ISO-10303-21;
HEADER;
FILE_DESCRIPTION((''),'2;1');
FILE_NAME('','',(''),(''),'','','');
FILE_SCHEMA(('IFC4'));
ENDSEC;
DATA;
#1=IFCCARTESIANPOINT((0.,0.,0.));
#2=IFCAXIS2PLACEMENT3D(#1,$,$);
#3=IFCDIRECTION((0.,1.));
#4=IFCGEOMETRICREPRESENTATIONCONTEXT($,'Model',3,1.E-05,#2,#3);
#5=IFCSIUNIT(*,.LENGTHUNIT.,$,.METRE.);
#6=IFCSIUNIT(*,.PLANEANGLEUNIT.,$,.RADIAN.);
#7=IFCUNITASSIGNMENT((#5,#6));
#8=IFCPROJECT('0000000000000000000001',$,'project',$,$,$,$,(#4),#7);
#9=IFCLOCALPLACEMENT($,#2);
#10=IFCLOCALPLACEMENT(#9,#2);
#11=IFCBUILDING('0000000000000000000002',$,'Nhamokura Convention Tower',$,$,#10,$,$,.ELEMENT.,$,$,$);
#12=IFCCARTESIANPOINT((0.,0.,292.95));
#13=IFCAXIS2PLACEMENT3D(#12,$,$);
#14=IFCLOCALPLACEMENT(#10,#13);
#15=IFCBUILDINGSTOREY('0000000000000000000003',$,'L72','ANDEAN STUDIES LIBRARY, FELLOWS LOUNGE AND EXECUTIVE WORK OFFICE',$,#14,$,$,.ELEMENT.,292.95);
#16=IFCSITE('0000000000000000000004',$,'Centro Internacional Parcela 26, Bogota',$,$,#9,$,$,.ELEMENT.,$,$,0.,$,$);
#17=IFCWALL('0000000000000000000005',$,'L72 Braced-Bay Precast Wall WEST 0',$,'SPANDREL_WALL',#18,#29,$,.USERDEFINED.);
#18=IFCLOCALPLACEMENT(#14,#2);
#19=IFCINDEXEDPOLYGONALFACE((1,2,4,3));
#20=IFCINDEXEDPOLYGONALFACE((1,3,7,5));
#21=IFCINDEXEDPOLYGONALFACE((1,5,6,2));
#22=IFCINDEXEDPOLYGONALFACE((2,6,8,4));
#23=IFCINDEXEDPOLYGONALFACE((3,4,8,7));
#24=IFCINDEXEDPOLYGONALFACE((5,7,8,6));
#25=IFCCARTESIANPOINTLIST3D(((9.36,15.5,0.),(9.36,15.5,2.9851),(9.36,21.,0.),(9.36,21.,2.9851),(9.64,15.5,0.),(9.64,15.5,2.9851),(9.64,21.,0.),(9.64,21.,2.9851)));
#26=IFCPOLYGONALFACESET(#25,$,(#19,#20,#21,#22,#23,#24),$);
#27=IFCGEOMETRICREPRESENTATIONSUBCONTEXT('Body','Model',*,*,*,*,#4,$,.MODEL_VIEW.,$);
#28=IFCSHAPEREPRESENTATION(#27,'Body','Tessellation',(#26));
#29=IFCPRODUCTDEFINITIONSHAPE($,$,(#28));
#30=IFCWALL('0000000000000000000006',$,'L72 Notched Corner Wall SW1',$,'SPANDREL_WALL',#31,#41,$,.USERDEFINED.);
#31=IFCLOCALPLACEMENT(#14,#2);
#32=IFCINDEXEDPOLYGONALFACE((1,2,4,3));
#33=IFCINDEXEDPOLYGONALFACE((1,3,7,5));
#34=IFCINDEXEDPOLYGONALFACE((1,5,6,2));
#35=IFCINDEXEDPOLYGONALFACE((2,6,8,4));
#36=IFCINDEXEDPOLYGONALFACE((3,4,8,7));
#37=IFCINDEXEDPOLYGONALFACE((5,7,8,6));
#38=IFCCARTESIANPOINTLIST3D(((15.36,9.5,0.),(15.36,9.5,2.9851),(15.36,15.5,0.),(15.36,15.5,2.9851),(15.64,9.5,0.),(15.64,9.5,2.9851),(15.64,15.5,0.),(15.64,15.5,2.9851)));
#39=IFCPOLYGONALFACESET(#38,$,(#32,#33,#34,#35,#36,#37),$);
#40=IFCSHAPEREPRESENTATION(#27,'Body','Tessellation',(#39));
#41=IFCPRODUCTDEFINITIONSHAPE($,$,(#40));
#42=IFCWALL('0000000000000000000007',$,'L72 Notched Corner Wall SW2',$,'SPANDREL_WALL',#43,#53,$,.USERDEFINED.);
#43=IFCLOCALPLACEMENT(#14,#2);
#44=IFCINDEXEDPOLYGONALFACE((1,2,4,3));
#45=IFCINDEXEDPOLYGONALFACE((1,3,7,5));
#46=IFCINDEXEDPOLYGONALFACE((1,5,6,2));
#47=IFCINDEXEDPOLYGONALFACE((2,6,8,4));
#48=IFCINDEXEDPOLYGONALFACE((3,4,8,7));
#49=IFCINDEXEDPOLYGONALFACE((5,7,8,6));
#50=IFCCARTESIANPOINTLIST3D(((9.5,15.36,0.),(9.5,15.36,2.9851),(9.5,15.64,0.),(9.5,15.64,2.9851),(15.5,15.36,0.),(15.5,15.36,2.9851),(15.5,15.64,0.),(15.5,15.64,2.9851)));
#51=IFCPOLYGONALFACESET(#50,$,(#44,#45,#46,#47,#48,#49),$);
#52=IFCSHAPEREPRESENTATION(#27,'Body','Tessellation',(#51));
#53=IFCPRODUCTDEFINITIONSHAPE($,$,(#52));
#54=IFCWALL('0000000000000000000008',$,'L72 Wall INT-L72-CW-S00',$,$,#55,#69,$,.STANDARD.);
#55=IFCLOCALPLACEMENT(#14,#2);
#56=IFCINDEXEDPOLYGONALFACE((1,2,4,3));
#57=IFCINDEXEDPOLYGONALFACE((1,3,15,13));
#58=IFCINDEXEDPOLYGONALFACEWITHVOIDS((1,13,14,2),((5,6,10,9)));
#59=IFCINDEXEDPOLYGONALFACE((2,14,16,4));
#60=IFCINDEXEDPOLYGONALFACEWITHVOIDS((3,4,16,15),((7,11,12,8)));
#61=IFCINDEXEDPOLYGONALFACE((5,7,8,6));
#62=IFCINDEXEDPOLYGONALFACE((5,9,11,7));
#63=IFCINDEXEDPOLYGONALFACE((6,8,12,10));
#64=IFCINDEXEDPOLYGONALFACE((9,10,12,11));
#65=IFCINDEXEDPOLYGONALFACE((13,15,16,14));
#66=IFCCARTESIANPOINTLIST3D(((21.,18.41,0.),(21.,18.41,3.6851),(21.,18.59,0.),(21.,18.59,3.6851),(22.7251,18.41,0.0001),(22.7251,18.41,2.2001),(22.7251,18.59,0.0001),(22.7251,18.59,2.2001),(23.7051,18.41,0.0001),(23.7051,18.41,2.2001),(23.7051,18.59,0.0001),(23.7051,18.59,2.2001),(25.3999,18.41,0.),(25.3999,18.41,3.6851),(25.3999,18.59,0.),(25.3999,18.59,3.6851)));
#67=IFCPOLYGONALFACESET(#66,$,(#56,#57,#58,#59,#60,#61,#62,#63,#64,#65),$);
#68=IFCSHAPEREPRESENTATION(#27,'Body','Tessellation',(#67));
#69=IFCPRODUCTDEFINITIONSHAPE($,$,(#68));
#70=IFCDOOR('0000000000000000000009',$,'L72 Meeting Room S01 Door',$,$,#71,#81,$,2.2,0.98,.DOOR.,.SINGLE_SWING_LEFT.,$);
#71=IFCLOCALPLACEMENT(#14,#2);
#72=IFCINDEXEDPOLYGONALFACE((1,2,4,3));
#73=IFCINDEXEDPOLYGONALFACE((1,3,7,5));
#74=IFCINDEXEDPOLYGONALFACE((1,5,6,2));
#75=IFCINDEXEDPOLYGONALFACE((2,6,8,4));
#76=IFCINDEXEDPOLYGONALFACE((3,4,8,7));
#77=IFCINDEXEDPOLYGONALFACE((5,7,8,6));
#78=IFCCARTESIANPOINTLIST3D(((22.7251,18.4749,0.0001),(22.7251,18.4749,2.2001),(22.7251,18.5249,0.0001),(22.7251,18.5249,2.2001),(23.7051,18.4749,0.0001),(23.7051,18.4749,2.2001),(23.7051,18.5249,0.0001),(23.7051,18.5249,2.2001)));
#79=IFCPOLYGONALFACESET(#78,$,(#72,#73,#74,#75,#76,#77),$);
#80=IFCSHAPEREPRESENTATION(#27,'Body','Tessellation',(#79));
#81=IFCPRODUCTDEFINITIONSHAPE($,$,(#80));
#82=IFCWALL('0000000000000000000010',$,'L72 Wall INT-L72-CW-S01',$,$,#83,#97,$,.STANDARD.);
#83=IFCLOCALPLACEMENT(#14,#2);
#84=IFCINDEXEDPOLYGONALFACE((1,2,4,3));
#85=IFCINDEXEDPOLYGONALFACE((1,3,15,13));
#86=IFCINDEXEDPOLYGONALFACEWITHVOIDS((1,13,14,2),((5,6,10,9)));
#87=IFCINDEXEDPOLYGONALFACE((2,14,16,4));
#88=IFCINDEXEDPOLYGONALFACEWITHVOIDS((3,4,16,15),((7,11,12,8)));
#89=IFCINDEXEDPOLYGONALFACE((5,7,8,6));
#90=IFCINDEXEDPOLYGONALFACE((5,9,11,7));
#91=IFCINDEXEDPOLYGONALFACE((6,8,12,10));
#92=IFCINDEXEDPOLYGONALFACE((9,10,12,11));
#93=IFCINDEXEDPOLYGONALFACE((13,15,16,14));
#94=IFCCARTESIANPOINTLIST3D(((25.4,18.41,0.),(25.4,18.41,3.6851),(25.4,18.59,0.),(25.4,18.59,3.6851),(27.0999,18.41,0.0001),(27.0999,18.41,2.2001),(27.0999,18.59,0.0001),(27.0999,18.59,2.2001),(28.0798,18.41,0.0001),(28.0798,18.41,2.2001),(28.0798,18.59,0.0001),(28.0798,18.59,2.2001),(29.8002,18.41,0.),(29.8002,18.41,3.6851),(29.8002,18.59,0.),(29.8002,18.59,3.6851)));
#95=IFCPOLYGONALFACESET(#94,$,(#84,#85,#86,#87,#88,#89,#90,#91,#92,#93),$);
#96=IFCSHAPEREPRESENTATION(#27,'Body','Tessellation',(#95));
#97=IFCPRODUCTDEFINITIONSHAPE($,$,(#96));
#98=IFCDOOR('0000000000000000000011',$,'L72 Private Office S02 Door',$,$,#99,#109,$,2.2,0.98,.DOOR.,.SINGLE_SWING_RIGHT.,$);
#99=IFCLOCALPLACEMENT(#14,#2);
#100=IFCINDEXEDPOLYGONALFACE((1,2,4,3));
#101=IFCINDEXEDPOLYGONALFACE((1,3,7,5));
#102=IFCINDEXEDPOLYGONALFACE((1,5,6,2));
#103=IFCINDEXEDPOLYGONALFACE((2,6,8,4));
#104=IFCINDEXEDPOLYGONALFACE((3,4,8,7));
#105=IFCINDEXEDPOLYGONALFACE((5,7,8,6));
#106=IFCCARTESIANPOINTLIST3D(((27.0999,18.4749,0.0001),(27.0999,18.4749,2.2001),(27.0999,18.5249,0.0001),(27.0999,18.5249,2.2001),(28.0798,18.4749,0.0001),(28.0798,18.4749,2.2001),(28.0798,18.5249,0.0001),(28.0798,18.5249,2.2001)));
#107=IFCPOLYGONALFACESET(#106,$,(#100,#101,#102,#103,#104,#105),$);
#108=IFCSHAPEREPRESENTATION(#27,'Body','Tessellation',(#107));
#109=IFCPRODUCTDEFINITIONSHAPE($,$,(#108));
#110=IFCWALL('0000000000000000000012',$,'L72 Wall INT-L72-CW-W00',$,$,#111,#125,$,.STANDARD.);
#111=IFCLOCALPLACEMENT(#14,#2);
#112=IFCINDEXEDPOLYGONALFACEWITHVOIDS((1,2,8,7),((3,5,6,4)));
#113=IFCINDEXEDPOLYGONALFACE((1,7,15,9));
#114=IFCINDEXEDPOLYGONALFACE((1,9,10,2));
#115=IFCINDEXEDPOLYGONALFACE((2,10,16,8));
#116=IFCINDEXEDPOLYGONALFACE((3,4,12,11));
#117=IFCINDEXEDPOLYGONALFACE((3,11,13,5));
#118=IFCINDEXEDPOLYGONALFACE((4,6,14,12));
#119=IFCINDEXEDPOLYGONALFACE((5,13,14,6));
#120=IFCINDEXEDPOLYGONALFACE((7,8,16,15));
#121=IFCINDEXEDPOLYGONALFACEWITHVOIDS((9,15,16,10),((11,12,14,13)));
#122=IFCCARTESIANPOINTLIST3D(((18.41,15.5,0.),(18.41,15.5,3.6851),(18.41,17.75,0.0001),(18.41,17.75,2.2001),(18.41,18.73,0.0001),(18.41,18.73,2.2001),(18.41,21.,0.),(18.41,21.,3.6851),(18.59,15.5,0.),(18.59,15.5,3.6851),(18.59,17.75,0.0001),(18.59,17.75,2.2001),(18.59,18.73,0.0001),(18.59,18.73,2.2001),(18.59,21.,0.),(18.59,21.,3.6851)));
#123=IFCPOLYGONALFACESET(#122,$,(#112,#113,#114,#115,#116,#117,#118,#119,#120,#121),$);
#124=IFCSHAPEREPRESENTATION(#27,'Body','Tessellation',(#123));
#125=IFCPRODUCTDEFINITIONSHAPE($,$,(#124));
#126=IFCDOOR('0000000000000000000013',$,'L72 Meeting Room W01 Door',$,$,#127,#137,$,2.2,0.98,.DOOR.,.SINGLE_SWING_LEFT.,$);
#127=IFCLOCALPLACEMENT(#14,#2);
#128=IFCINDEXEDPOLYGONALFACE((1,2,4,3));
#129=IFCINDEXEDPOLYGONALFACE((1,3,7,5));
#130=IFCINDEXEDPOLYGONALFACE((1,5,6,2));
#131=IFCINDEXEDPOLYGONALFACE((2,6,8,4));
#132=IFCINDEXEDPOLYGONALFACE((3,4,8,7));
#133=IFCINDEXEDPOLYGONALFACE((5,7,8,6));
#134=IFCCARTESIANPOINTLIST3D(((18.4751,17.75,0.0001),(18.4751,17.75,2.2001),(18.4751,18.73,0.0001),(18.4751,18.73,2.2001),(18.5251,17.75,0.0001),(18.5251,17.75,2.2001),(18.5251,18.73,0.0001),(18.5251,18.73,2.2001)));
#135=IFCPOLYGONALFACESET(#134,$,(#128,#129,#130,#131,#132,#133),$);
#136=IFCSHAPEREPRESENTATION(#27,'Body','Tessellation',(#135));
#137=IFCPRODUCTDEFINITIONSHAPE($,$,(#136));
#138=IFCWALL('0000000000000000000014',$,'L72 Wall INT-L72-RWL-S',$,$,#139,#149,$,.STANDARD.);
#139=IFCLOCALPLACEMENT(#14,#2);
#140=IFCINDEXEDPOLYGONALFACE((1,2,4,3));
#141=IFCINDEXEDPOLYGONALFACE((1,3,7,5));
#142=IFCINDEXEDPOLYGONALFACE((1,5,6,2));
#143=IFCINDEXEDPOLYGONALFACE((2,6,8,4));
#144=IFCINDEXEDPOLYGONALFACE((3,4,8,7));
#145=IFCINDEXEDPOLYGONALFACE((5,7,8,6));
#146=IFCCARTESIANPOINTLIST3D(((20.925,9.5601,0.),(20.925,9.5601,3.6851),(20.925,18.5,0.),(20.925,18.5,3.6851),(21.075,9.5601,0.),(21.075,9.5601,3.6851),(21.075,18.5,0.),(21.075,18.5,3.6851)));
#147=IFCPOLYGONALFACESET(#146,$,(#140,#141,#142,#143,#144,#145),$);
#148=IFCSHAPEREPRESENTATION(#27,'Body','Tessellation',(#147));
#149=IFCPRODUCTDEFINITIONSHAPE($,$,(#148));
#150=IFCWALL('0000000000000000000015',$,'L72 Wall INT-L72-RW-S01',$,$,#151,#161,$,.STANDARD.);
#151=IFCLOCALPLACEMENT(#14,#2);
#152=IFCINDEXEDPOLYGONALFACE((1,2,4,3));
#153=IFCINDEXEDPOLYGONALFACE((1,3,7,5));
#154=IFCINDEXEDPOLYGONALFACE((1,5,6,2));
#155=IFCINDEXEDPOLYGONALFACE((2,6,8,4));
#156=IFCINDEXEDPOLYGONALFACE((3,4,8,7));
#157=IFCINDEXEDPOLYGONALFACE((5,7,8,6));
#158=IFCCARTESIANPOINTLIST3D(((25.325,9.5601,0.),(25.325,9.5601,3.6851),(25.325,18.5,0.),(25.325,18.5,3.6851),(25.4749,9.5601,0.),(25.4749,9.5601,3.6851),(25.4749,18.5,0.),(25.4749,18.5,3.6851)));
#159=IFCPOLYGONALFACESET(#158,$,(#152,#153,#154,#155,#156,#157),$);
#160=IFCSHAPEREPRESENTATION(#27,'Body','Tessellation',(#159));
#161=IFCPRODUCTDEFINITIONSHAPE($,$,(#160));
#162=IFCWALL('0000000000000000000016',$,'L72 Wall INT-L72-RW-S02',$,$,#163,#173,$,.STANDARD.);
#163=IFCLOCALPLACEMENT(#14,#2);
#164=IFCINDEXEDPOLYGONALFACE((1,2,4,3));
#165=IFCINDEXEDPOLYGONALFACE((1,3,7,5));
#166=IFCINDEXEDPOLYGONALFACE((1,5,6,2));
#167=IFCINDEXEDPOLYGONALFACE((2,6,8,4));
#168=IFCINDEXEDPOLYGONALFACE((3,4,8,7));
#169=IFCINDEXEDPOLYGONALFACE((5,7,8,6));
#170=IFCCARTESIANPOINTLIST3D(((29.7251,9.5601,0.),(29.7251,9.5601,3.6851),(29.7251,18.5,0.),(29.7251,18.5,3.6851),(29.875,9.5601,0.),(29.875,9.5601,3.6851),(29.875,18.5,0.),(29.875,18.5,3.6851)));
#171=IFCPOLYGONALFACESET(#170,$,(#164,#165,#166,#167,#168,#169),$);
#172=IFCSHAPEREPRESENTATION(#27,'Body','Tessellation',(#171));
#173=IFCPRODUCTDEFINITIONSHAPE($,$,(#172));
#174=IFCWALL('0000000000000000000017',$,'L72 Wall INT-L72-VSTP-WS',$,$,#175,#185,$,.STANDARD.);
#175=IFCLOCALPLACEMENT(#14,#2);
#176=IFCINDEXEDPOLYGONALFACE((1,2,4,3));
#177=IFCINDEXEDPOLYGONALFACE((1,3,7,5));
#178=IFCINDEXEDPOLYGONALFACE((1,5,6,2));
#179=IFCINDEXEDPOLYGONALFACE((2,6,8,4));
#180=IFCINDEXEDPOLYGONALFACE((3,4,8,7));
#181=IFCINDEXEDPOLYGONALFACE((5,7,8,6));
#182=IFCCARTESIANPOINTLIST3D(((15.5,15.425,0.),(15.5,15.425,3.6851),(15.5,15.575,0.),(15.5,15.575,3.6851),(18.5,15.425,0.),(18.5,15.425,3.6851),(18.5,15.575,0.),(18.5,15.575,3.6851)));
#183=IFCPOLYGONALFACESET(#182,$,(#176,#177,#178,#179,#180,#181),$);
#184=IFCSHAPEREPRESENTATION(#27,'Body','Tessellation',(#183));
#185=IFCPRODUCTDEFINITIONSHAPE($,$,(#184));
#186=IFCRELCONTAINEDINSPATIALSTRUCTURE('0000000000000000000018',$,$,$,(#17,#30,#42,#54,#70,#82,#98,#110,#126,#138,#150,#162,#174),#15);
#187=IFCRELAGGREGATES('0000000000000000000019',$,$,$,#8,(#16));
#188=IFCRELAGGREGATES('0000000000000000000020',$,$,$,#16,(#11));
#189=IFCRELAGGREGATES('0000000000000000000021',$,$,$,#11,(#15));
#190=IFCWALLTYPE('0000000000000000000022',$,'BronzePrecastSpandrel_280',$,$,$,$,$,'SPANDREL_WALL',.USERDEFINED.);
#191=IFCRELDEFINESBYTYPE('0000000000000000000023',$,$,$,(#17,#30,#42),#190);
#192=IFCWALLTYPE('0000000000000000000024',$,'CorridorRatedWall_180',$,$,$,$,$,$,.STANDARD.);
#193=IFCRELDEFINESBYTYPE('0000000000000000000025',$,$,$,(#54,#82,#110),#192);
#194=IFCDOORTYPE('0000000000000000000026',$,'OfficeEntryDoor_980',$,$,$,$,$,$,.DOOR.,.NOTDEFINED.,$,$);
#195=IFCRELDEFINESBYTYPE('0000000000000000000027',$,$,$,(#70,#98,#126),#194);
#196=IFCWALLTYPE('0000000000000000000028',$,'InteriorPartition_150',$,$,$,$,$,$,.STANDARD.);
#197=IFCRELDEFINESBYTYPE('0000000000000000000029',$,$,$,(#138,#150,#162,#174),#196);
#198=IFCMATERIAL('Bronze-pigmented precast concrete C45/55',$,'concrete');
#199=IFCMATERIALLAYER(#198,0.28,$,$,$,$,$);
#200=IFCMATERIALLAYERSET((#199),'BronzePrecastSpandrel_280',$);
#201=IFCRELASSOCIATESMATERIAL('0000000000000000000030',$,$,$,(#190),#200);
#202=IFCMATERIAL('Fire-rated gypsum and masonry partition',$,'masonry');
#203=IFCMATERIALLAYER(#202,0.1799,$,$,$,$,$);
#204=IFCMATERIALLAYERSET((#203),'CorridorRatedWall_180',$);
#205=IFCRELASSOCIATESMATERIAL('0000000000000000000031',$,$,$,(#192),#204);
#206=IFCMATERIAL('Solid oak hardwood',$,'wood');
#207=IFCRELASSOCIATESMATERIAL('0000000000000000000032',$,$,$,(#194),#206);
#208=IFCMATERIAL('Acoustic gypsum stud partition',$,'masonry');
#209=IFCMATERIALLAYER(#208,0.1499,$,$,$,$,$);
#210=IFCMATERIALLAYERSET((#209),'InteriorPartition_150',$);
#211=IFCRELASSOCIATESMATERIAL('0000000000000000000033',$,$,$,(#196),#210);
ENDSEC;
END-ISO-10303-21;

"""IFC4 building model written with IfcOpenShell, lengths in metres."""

from ifc_helpers import new_model, si_unit, direction, frame, frame_2d, origin, place, context, subcontext, project, spatial, rectangle, extrude, material, layer, layer_set, type_object, element, fill, save


model = new_model("IFC4")

# Units and contexts
model_context = context("Model", 3, precision=1e-05, world=origin(), true_north=direction((0.0, 1.0)))
body_context = subcontext(model_context, "Body", "Model", "MODEL_VIEW")
ifc_project = project(units=[si_unit("LENGTHUNIT", "METRE"), si_unit("PLANEANGLEUNIT", "RADIAN")], contexts=[model_context])

# Site, building, storey
site_placement = place(None, origin())
site = spatial("IfcSite", under=ifc_project, at=site_placement, Name="Centro Internacional Parcela 26, Bogota", CompositionType="ELEMENT", RefElevation=0.0)
building_placement = place(site_placement, origin())
building = spatial("IfcBuilding", under=site, at=building_placement, Name="Nhamokura Convention Tower", CompositionType="ELEMENT")
storey_placement = place(building_placement, frame((0.0, 0.0, 292.95)))
storey = spatial("IfcBuildingStorey", under=building, at=storey_placement, Name="L72", Description="ANDEAN STUDIES LIBRARY, FELLOWS LOUNGE AND EXECUTIVE WORK OFFICE", CompositionType="ELEMENT", Elevation=292.95)

# Shared definitions
ifc_material_1 = material(Name="Bronze-pigmented precast concrete C45/55", Category="concrete")
ifc_layer_1 = layer(ifc_material_1, 0.28)
ifc_layer_set_1 = layer_set([ifc_layer_1], Name="BronzePrecastSpandrel_280")
wall_type_1 = type_object("IfcWallType", Name="BronzePrecastSpandrel_280", ElementType="SPANDREL_WALL", PredefinedType="USERDEFINED", material=ifc_layer_set_1)

# Walls
wall_1_placement = place(storey_placement, frame((9.5, 15.5, 0.0), z_axis=(0.0, 0.0, 1.0), x_axis=(0.0, 1.0, 0.0)))
element("IfcWall", 1, at=wall_1_placement, inside=storey, type_object=wall_type_1, Name="L72 Braced-Bay Precast Wall WEST 0", ObjectType="SPANDREL_WALL", PredefinedType="USERDEFINED", context=body_context, shape_type="SweptSolid", body=[
    extrude(rectangle(XDim=5.5, YDim=0.28, at=frame_2d((2.75, 0.0))), origin(), (0.0, 0.0, 1.0), 2.9851),
])
for number, where, z_axis, x_axis, name in (
    (2, (15.5, 9.5, 0.0), (0.0, 0.0, 1.0), (0.0, 1.0, 0.0), "L72 Notched Corner Wall SW1"),
    (3, (15.5, 15.5, 0.0), (0.0, 0.0, 1.0), (-1.0, 0.0, 0.0), "L72 Notched Corner Wall SW2"),
):
    element("IfcWall", number, at=place(storey_placement, frame(where, z_axis=z_axis, x_axis=x_axis)), inside=storey, type_object=wall_type_1, Name=name, ObjectType="SPANDREL_WALL", PredefinedType="USERDEFINED", context=body_context, shape_type="SweptSolid", body=[
        extrude(rectangle(XDim=6.0, YDim=0.28, at=frame_2d((3.0, 0.0))), origin(), (0.0, 0.0, 1.0), 2.9851),
    ])

# Walls, openings, doors
ifc_material_2 = material(Name="Fire-rated gypsum and masonry partition", Category="masonry")
ifc_layer_2 = layer(ifc_material_2, 0.1799)
ifc_layer_set_2 = layer_set([ifc_layer_2], Name="CorridorRatedWall_180")
wall_type_2 = type_object("IfcWallType", Name="CorridorRatedWall_180", PredefinedType="STANDARD", material=ifc_layer_set_2)
wall_2_placement = place(storey_placement, frame((21.0, 18.5, 0.0), z_axis=(0.0, 0.0, 1.0), x_axis=(1.0, 0.0, 0.0)))
wall_2 = element("IfcWall", 4, at=wall_2_placement, inside=storey, type_object=wall_type_2, Name="L72 Wall INT-L72-CW-S00", PredefinedType="STANDARD", context=body_context, shape_type="SweptSolid", body=[
    extrude(rectangle(XDim=4.3999, YDim=0.1799, at=frame_2d((2.2, 0.0))), origin(), (0.0, 0.0, 1.0), 3.6851),
])
opening_1_placement = place(wall_2_placement, frame((1.7251, 0.0, 0.0)))
opening_1 = element("IfcOpeningElement", 5, at=opening_1_placement, cuts=wall_2, PredefinedType="OPENING", context=body_context, shape_type="SweptSolid", body=[
    extrude(rectangle(XDim=0.98, YDim=2.2, at=frame_2d((0.49, 1.1001))), frame((0.0, 0.0999, 0.0), z_axis=(0.0, -1.0, 0.0), x_axis=(1.0, 0.0, 0.0)), (0.0, 0.0, 1.0), 0.2),
])
ifc_material_3 = material(Name="Solid oak hardwood", Category="wood")
door_type = type_object("IfcDoorType", Name="OfficeEntryDoor_980", OperationType="NOTDEFINED", PredefinedType="DOOR", material=ifc_material_3)
door_1_placement = place(opening_1_placement, origin())
door_1 = element("IfcDoor", 6, at=door_1_placement, inside=storey, type_object=door_type, Name="L72 Meeting Room S01 Door", OperationType="SINGLE_SWING_LEFT", OverallHeight=2.2, OverallWidth=0.98, PredefinedType="DOOR", context=body_context, shape_type="SweptSolid", body=[
    extrude(rectangle(XDim=0.98, YDim=2.2, at=frame_2d((0.49, 1.1001))), frame((0.0, 0.0249, 0.0), z_axis=(0.0, -1.0, 0.0), x_axis=(1.0, 0.0, 0.0)), (0.0, 0.0, 1.0), 0.05),
])
fill(opening_1, door_1)
wall_3_placement = place(storey_placement, frame((25.3999, 18.5, 0.0), z_axis=(0.0, 0.0, 1.0), x_axis=(1.0, 0.0, 0.0)))
wall_3 = element("IfcWall", 7, at=wall_3_placement, inside=storey, type_object=wall_type_2, Name="L72 Wall INT-L72-CW-S01", PredefinedType="STANDARD", context=body_context, shape_type="SweptSolid", body=[
    extrude(rectangle(XDim=4.4001, YDim=0.1799, at=frame_2d((2.2002, 0.0))), origin(), (0.0, 0.0, 1.0), 3.6851),
])
opening_2_placement = place(wall_3_placement, frame((1.7, 0.0, 0.0)))
opening_2 = element("IfcOpeningElement", 8, at=opening_2_placement, cuts=wall_3, PredefinedType="OPENING", context=body_context, shape_type="SweptSolid", body=[
    extrude(rectangle(XDim=0.98, YDim=2.2, at=frame_2d((0.49, 1.1001))), frame((0.0, 0.0999, 0.0), z_axis=(0.0, -1.0, 0.0), x_axis=(1.0, 0.0, 0.0)), (0.0, 0.0, 1.0), 0.2),
])
door_2_placement = place(opening_2_placement, origin())
door_2 = element("IfcDoor", 9, at=door_2_placement, inside=storey, type_object=door_type, Name="L72 Private Office S02 Door", OperationType="SINGLE_SWING_RIGHT", OverallHeight=2.2, OverallWidth=0.98, PredefinedType="DOOR", context=body_context, shape_type="SweptSolid", body=[
    extrude(rectangle(XDim=0.98, YDim=2.2, at=frame_2d((0.49, 1.1001))), frame((0.0, 0.0249, 0.0), z_axis=(0.0, -1.0, 0.0), x_axis=(1.0, 0.0, 0.0)), (0.0, 0.0, 1.0), 0.05),
])
fill(opening_2, door_2)
wall_4_placement = place(storey_placement, frame((18.5, 15.5, 0.0), z_axis=(0.0, 0.0, 1.0), x_axis=(0.0, 1.0, 0.0)))
wall_4 = element("IfcWall", 10, at=wall_4_placement, inside=storey, type_object=wall_type_2, Name="L72 Wall INT-L72-CW-W00", PredefinedType="STANDARD", context=body_context, shape_type="SweptSolid", body=[
    extrude(rectangle(XDim=5.5, YDim=0.1799, at=frame_2d((2.75, 0.0))), origin(), (0.0, 0.0, 1.0), 3.6851),
])
opening_3_placement = place(wall_4_placement, frame((2.25, 0.0, 0.0)))
opening_3 = element("IfcOpeningElement", 11, at=opening_3_placement, cuts=wall_4, PredefinedType="OPENING", context=body_context, shape_type="SweptSolid", body=[
    extrude(rectangle(XDim=0.98, YDim=2.2, at=frame_2d((0.49, 1.1001))), frame((0.0, 0.0999, 0.0), z_axis=(0.0, -1.0, 0.0), x_axis=(1.0, 0.0, 0.0)), (0.0, 0.0, 1.0), 0.2),
])
door_3_placement = place(opening_3_placement, origin())
door_3 = element("IfcDoor", 12, at=door_3_placement, inside=storey, type_object=door_type, Name="L72 Meeting Room W01 Door", OperationType="SINGLE_SWING_LEFT", OverallHeight=2.2, OverallWidth=0.98, PredefinedType="DOOR", context=body_context, shape_type="SweptSolid", body=[
    extrude(rectangle(XDim=0.98, YDim=2.2, at=frame_2d((0.49, 1.1001))), frame((0.0, 0.0249, 0.0), z_axis=(0.0, -1.0, 0.0), x_axis=(1.0, 0.0, 0.0)), (0.0, 0.0, 1.0), 0.05),
])
fill(opening_3, door_3)

# Walls
ifc_material_4 = material(Name="Acoustic gypsum stud partition", Category="masonry")
ifc_layer_3 = layer(ifc_material_4, 0.1499)
ifc_layer_set_3 = layer_set([ifc_layer_3], Name="InteriorPartition_150")
wall_type_3 = type_object("IfcWallType", Name="InteriorPartition_150", PredefinedType="STANDARD", material=ifc_layer_set_3)
for number, where, z_axis, x_axis, name in (
    (13, (21.0, 9.5601, 0.0), (0.0, 0.0, 1.0), (0.0, 1.0, 0.0), "L72 Wall INT-L72-RWL-S"),
    (14, (25.3999, 9.5601, 0.0), (0.0, 0.0, 1.0), (0.0, 1.0, 0.0), "L72 Wall INT-L72-RW-S01"),
    (15, (29.8, 9.5601, 0.0), (0.0, 0.0, 1.0), (0.0, 1.0, 0.0), "L72 Wall INT-L72-RW-S02"),
):
    element("IfcWall", number, at=place(storey_placement, frame(where, z_axis=z_axis, x_axis=x_axis)), inside=storey, type_object=wall_type_3, Name=name, PredefinedType="STANDARD", context=body_context, shape_type="SweptSolid", body=[
        extrude(rectangle(XDim=8.9399, YDim=0.1499, at=frame_2d((4.47, 0.0))), origin(), (0.0, 0.0, 1.0), 3.6851),
    ])
wall_5_placement = place(storey_placement, frame((15.5, 15.5, 0.0), z_axis=(0.0, 0.0, 1.0), x_axis=(1.0, 0.0, 0.0)))
element("IfcWall", 16, at=wall_5_placement, inside=storey, type_object=wall_type_3, Name="L72 Wall INT-L72-VSTP-WS", PredefinedType="STANDARD", context=body_context, shape_type="SweptSolid", body=[
    extrude(rectangle(XDim=3.0, YDim=0.1499, at=frame_2d((1.5, 0.0))), origin(), (0.0, 0.0, 1.0), 3.6851),
])

save(model, "model.ifc")
